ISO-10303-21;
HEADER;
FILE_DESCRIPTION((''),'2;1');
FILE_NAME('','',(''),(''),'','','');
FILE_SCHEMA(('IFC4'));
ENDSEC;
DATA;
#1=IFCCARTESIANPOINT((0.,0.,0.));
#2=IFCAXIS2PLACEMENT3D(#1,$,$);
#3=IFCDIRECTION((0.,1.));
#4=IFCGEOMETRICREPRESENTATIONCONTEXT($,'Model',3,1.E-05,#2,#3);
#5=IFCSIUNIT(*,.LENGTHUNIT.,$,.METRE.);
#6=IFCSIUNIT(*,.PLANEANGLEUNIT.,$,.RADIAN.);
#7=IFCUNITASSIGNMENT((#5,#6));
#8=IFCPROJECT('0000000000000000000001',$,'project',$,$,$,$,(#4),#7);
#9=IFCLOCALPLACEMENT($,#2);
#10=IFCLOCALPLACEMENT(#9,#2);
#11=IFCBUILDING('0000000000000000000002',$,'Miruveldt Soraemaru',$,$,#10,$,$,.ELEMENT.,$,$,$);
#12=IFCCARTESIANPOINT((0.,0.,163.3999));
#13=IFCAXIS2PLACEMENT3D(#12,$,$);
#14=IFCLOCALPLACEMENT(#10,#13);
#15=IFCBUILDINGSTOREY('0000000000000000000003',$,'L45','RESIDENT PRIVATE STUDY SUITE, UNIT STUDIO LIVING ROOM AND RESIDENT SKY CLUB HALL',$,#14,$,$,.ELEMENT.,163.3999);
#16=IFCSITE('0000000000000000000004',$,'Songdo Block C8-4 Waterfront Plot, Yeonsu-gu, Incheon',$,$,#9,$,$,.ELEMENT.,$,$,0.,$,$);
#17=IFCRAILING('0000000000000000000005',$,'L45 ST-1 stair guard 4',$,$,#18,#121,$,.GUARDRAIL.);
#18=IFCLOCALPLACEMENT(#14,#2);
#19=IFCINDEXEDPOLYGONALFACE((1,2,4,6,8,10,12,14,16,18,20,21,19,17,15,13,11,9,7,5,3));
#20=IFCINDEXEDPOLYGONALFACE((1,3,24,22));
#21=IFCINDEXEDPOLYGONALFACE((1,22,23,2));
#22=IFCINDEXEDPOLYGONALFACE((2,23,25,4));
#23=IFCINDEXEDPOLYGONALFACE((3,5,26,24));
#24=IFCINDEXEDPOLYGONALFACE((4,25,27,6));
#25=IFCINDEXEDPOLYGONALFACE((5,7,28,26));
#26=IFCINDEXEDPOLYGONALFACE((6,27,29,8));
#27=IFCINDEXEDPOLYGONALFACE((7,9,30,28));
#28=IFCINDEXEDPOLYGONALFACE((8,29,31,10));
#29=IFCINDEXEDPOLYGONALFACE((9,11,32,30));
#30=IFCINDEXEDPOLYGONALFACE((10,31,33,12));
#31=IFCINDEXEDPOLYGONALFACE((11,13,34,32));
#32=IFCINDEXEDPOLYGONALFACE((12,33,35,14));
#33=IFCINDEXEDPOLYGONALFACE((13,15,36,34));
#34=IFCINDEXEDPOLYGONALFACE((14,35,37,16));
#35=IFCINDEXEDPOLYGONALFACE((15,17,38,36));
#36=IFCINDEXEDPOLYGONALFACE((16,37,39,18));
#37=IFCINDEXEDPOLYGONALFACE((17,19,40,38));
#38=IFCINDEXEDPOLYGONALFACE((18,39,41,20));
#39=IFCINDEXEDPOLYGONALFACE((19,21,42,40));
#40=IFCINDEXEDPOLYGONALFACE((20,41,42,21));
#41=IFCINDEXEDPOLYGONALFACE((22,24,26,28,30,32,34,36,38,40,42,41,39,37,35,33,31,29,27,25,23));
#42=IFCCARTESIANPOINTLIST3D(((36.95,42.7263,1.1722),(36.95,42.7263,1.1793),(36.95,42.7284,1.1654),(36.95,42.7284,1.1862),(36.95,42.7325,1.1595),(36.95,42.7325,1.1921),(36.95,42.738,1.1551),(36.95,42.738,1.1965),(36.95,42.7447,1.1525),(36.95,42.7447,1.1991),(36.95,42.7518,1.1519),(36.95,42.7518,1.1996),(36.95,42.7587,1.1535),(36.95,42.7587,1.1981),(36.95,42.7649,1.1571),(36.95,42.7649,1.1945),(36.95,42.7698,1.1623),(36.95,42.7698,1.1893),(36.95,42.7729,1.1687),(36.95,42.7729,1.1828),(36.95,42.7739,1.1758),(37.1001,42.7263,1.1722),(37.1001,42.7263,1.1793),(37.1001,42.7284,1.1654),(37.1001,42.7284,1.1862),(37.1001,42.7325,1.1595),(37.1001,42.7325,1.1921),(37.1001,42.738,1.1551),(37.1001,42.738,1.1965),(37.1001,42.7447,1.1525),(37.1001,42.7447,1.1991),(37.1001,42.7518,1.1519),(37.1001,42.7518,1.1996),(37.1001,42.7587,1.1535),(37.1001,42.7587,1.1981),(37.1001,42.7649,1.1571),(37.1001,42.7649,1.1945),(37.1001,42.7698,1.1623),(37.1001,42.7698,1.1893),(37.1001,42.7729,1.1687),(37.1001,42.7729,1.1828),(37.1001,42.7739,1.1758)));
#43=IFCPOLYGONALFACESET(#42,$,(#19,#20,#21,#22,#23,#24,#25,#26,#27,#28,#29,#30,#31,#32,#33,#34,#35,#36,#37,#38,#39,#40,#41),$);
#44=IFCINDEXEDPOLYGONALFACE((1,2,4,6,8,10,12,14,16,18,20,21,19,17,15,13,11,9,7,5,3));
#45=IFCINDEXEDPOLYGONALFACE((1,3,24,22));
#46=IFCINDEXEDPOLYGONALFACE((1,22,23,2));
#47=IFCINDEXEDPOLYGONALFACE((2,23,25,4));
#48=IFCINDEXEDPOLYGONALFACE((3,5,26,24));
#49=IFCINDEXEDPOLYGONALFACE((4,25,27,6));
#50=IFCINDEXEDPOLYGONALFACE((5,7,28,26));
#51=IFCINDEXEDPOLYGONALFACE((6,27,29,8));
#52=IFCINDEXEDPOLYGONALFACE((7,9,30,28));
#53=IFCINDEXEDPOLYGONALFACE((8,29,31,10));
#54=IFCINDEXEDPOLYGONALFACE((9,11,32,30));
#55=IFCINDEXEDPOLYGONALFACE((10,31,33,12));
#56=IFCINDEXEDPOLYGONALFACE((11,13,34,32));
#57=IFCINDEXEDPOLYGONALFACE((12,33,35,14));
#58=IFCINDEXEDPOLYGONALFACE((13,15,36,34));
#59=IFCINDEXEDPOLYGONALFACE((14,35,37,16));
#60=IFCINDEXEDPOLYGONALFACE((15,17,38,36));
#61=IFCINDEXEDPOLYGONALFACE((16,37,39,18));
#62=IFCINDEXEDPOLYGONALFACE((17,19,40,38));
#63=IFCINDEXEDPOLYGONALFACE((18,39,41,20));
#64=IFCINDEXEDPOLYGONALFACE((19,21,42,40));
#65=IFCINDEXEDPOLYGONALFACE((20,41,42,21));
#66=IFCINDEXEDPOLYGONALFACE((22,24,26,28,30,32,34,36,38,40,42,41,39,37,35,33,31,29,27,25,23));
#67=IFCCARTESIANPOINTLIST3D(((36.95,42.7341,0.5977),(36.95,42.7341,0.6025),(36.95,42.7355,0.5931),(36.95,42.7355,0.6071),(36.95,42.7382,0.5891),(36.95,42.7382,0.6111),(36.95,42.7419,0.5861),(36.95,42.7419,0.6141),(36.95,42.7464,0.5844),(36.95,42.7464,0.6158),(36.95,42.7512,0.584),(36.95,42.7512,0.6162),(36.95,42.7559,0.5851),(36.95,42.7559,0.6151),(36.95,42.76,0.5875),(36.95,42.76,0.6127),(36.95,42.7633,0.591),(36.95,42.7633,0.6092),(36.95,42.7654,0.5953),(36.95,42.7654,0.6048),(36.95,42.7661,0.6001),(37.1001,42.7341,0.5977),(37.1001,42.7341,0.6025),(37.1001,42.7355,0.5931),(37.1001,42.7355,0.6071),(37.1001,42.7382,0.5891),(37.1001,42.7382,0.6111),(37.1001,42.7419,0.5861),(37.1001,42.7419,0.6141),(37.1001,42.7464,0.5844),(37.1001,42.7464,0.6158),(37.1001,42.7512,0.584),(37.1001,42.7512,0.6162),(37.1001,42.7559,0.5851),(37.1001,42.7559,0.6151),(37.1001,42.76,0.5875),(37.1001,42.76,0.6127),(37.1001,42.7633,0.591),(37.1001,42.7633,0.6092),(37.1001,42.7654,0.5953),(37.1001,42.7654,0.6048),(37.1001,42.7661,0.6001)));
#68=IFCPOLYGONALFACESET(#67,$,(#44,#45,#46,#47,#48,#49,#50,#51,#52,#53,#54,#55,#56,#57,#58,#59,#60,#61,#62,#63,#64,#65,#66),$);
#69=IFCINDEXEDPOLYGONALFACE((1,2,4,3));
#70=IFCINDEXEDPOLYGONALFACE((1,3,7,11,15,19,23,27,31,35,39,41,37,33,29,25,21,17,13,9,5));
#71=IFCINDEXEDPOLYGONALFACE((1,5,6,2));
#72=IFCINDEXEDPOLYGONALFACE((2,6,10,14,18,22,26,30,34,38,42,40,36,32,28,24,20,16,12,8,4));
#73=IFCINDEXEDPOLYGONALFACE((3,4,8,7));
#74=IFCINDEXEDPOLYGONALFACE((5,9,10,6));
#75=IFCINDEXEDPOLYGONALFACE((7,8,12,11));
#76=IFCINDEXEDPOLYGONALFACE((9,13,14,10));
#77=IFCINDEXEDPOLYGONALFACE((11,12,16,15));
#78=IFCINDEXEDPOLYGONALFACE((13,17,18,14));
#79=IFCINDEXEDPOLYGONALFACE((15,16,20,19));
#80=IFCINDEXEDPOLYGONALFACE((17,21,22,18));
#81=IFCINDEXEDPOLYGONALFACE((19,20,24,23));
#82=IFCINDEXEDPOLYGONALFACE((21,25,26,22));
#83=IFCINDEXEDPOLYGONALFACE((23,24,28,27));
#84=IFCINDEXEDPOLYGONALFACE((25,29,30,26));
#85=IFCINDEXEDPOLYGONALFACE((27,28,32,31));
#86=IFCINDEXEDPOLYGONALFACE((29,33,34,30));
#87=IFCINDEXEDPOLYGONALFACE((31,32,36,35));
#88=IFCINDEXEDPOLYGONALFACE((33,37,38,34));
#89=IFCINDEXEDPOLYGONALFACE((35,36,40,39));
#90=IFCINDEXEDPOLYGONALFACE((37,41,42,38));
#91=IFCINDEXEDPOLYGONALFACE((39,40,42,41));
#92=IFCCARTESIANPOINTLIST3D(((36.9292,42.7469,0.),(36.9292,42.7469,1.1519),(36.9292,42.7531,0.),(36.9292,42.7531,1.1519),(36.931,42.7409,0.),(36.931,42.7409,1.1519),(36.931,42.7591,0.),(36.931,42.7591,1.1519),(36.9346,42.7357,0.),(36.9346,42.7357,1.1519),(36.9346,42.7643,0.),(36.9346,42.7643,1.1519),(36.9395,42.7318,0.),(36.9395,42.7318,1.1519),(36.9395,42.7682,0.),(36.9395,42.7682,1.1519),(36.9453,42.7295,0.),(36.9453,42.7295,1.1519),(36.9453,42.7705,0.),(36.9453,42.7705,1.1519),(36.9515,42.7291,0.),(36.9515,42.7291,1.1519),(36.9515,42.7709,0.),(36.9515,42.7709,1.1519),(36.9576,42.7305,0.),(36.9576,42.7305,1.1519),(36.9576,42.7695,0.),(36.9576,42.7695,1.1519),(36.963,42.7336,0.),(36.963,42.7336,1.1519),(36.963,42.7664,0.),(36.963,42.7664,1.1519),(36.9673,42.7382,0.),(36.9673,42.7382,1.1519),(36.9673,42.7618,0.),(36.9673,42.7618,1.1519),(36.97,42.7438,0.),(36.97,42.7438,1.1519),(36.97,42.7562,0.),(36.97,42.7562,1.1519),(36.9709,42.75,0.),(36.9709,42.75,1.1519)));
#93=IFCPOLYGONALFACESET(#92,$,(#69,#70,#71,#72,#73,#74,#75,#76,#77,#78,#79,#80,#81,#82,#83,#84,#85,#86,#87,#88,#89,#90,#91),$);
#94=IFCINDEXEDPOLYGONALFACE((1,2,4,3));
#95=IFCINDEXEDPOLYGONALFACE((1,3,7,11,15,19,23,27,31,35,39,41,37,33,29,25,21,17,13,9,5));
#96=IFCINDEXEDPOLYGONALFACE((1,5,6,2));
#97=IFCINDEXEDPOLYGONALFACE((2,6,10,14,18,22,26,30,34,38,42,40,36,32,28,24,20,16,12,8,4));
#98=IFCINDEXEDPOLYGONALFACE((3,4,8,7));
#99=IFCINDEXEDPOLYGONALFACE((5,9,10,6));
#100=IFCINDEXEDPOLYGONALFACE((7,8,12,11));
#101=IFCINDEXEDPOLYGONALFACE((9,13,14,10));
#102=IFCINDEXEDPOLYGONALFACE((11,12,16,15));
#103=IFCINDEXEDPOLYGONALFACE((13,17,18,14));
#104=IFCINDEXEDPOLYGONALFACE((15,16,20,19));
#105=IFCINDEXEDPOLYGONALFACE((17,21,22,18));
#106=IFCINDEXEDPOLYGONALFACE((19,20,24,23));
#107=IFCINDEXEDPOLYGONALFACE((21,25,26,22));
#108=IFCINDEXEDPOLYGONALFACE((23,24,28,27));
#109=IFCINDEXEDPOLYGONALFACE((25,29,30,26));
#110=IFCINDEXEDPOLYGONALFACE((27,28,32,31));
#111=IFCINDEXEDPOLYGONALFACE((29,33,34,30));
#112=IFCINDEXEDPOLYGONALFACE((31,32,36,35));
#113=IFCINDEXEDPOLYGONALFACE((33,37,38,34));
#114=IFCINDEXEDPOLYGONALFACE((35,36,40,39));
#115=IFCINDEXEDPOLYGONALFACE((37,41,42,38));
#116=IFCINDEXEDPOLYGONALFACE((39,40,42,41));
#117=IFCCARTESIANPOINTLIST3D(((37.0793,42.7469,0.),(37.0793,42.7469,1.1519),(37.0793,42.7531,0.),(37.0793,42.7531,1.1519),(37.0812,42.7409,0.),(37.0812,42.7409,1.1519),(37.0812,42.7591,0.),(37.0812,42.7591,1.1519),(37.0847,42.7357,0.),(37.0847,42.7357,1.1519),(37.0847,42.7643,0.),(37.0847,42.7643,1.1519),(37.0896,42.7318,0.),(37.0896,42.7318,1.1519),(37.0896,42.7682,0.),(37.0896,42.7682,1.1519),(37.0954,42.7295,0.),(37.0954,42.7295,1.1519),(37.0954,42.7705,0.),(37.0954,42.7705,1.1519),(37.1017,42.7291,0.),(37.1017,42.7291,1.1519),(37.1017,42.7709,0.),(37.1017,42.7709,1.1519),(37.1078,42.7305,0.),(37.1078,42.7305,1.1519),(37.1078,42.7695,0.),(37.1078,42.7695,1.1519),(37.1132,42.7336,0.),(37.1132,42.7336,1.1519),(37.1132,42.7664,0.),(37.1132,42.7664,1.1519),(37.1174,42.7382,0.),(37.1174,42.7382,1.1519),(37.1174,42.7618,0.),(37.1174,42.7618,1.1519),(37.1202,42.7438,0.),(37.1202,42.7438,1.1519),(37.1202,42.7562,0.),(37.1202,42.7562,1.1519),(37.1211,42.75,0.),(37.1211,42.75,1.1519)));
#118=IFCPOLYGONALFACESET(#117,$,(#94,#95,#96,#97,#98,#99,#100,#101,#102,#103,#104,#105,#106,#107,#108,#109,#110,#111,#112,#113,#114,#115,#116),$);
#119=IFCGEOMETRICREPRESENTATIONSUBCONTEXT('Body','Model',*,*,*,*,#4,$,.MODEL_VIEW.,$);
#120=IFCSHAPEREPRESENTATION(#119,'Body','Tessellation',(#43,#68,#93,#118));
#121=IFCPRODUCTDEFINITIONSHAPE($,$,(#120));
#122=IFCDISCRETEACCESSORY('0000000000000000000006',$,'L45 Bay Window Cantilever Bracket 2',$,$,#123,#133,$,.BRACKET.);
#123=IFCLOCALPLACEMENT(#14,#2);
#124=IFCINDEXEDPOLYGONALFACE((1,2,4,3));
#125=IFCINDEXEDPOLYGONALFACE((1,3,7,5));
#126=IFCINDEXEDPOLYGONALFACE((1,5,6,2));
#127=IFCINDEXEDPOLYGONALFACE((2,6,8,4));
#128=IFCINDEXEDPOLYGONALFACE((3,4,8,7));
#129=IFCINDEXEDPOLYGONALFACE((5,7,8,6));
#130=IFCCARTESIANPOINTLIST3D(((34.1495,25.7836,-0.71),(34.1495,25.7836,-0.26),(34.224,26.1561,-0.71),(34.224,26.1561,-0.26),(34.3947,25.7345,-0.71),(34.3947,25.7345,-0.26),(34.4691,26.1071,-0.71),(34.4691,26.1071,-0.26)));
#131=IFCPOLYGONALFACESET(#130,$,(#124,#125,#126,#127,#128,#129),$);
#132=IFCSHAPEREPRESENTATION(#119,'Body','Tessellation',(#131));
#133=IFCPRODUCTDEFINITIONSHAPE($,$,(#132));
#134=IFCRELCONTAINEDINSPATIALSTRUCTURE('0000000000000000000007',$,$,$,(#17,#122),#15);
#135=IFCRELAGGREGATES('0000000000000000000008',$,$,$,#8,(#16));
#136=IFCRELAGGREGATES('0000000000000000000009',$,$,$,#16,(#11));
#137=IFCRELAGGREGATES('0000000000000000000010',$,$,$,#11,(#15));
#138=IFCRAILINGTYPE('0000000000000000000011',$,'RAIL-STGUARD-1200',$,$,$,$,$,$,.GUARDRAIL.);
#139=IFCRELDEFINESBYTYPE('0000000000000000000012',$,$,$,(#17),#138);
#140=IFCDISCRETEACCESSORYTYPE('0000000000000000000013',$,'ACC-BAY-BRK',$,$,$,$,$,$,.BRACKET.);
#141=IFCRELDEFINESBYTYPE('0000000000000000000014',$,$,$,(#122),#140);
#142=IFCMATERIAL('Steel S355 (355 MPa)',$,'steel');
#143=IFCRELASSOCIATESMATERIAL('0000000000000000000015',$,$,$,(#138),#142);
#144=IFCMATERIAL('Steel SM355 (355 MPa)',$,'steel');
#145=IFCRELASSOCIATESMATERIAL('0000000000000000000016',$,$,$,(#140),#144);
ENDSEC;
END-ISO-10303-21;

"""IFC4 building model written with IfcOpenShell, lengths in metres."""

from ifc_helpers import new_model, si_unit, direction, frame, origin, origin_2d, place, context, subcontext, project, spatial, rectangle, circle, extrude, material, type_object, element, save


model = new_model("IFC4")

# Units and contexts
model_context = context("Model", 3, precision=1e-05, world=origin(), true_north=direction((0.0, 1.0)))
body_context = subcontext(model_context, "Body", "Model", "MODEL_VIEW")
ifc_project = project(units=[si_unit("LENGTHUNIT", "METRE"), si_unit("PLANEANGLEUNIT", "RADIAN")], contexts=[model_context])

# Site, building, storey
site_placement = place(None, origin())
site = spatial("IfcSite", under=ifc_project, at=site_placement, Name="Songdo Block C8-4 Waterfront Plot, Yeonsu-gu, Incheon", CompositionType="ELEMENT", RefElevation=0.0)
building_placement = place(site_placement, origin())
building = spatial("IfcBuilding", under=site, at=building_placement, Name="Miruveldt Soraemaru", CompositionType="ELEMENT")
storey_placement = place(building_placement, frame((0.0, 0.0, 163.3999)))
storey = spatial("IfcBuildingStorey", under=building, at=storey_placement, Name="L45", Description="RESIDENT PRIVATE STUDY SUITE, UNIT STUDIO LIVING ROOM AND RESIDENT SKY CLUB HALL", CompositionType="ELEMENT", Elevation=163.3999)

# Shared definitions
ifc_material_1 = material(Name="Steel SM355 (355 MPa)", Category="steel")

# Railing
ifc_material_2 = material(Name="Steel S355 (355 MPa)", Category="steel")
railing_type_1 = type_object("IfcRailingType", Name="RAIL-STGUARD-1200", PredefinedType="GUARDRAIL", material=ifc_material_2)
railing_1_placement = place(storey_placement, frame((36.95, 42.75, 0.0)))
element("IfcRailing", 1, at=railing_1_placement, inside=storey, type_object=railing_type_1, Name="L45 ST-1 stair guard 4", PredefinedType="GUARDRAIL", context=body_context, shape_type="SweptSolid", body=[
    extrude(circle(Radius=0.0239, at=origin_2d()), frame((0.0, 0.0, 1.1758), z_axis=(1.0, 0.0, 0.0), x_axis=(0.0, 1.0, 0.0)), (0.0, 0.0, 1.0), 0.1501),
    extrude(circle(Radius=0.0161, at=origin_2d()), frame((0.0, 0.0, 0.6001), z_axis=(1.0, 0.0, 0.0), x_axis=(0.0, 1.0, 0.0)), (0.0, 0.0, 1.0), 0.1501),
    extrude(circle(Radius=0.021, at=origin_2d()), origin(), (0.0, 0.0, 1.0), 1.1519),
    extrude(circle(Radius=0.021, at=origin_2d()), frame((0.1501, 0.0, 0.0)), (0.0, 0.0, 1.0), 1.1519),
])

# Discrete accessory
discrete_accessory_type = type_object("IfcDiscreteAccessoryType", Name="ACC-BAY-BRK", PredefinedType="BRACKET", material=ifc_material_1)
discrete_accessory_placement = place(storey_placement, frame((34.3093, 25.9453, -0.71), z_axis=(0.0, 0.0, 1.0), x_axis=(-0.1961, -0.980584, 0.0)))
element("IfcDiscreteAccessory", 2, at=discrete_accessory_placement, inside=storey, type_object=discrete_accessory_type, Name="L45 Bay Window Cantilever Bracket 2", PredefinedType="BRACKET", context=body_context, shape_type="SweptSolid", body=[
    extrude(rectangle(XDim=0.3799, YDim=0.25, at=origin_2d()), origin(), (0.0, 0.0, 1.0), 0.45),
])

save(model, "model.ifc")
